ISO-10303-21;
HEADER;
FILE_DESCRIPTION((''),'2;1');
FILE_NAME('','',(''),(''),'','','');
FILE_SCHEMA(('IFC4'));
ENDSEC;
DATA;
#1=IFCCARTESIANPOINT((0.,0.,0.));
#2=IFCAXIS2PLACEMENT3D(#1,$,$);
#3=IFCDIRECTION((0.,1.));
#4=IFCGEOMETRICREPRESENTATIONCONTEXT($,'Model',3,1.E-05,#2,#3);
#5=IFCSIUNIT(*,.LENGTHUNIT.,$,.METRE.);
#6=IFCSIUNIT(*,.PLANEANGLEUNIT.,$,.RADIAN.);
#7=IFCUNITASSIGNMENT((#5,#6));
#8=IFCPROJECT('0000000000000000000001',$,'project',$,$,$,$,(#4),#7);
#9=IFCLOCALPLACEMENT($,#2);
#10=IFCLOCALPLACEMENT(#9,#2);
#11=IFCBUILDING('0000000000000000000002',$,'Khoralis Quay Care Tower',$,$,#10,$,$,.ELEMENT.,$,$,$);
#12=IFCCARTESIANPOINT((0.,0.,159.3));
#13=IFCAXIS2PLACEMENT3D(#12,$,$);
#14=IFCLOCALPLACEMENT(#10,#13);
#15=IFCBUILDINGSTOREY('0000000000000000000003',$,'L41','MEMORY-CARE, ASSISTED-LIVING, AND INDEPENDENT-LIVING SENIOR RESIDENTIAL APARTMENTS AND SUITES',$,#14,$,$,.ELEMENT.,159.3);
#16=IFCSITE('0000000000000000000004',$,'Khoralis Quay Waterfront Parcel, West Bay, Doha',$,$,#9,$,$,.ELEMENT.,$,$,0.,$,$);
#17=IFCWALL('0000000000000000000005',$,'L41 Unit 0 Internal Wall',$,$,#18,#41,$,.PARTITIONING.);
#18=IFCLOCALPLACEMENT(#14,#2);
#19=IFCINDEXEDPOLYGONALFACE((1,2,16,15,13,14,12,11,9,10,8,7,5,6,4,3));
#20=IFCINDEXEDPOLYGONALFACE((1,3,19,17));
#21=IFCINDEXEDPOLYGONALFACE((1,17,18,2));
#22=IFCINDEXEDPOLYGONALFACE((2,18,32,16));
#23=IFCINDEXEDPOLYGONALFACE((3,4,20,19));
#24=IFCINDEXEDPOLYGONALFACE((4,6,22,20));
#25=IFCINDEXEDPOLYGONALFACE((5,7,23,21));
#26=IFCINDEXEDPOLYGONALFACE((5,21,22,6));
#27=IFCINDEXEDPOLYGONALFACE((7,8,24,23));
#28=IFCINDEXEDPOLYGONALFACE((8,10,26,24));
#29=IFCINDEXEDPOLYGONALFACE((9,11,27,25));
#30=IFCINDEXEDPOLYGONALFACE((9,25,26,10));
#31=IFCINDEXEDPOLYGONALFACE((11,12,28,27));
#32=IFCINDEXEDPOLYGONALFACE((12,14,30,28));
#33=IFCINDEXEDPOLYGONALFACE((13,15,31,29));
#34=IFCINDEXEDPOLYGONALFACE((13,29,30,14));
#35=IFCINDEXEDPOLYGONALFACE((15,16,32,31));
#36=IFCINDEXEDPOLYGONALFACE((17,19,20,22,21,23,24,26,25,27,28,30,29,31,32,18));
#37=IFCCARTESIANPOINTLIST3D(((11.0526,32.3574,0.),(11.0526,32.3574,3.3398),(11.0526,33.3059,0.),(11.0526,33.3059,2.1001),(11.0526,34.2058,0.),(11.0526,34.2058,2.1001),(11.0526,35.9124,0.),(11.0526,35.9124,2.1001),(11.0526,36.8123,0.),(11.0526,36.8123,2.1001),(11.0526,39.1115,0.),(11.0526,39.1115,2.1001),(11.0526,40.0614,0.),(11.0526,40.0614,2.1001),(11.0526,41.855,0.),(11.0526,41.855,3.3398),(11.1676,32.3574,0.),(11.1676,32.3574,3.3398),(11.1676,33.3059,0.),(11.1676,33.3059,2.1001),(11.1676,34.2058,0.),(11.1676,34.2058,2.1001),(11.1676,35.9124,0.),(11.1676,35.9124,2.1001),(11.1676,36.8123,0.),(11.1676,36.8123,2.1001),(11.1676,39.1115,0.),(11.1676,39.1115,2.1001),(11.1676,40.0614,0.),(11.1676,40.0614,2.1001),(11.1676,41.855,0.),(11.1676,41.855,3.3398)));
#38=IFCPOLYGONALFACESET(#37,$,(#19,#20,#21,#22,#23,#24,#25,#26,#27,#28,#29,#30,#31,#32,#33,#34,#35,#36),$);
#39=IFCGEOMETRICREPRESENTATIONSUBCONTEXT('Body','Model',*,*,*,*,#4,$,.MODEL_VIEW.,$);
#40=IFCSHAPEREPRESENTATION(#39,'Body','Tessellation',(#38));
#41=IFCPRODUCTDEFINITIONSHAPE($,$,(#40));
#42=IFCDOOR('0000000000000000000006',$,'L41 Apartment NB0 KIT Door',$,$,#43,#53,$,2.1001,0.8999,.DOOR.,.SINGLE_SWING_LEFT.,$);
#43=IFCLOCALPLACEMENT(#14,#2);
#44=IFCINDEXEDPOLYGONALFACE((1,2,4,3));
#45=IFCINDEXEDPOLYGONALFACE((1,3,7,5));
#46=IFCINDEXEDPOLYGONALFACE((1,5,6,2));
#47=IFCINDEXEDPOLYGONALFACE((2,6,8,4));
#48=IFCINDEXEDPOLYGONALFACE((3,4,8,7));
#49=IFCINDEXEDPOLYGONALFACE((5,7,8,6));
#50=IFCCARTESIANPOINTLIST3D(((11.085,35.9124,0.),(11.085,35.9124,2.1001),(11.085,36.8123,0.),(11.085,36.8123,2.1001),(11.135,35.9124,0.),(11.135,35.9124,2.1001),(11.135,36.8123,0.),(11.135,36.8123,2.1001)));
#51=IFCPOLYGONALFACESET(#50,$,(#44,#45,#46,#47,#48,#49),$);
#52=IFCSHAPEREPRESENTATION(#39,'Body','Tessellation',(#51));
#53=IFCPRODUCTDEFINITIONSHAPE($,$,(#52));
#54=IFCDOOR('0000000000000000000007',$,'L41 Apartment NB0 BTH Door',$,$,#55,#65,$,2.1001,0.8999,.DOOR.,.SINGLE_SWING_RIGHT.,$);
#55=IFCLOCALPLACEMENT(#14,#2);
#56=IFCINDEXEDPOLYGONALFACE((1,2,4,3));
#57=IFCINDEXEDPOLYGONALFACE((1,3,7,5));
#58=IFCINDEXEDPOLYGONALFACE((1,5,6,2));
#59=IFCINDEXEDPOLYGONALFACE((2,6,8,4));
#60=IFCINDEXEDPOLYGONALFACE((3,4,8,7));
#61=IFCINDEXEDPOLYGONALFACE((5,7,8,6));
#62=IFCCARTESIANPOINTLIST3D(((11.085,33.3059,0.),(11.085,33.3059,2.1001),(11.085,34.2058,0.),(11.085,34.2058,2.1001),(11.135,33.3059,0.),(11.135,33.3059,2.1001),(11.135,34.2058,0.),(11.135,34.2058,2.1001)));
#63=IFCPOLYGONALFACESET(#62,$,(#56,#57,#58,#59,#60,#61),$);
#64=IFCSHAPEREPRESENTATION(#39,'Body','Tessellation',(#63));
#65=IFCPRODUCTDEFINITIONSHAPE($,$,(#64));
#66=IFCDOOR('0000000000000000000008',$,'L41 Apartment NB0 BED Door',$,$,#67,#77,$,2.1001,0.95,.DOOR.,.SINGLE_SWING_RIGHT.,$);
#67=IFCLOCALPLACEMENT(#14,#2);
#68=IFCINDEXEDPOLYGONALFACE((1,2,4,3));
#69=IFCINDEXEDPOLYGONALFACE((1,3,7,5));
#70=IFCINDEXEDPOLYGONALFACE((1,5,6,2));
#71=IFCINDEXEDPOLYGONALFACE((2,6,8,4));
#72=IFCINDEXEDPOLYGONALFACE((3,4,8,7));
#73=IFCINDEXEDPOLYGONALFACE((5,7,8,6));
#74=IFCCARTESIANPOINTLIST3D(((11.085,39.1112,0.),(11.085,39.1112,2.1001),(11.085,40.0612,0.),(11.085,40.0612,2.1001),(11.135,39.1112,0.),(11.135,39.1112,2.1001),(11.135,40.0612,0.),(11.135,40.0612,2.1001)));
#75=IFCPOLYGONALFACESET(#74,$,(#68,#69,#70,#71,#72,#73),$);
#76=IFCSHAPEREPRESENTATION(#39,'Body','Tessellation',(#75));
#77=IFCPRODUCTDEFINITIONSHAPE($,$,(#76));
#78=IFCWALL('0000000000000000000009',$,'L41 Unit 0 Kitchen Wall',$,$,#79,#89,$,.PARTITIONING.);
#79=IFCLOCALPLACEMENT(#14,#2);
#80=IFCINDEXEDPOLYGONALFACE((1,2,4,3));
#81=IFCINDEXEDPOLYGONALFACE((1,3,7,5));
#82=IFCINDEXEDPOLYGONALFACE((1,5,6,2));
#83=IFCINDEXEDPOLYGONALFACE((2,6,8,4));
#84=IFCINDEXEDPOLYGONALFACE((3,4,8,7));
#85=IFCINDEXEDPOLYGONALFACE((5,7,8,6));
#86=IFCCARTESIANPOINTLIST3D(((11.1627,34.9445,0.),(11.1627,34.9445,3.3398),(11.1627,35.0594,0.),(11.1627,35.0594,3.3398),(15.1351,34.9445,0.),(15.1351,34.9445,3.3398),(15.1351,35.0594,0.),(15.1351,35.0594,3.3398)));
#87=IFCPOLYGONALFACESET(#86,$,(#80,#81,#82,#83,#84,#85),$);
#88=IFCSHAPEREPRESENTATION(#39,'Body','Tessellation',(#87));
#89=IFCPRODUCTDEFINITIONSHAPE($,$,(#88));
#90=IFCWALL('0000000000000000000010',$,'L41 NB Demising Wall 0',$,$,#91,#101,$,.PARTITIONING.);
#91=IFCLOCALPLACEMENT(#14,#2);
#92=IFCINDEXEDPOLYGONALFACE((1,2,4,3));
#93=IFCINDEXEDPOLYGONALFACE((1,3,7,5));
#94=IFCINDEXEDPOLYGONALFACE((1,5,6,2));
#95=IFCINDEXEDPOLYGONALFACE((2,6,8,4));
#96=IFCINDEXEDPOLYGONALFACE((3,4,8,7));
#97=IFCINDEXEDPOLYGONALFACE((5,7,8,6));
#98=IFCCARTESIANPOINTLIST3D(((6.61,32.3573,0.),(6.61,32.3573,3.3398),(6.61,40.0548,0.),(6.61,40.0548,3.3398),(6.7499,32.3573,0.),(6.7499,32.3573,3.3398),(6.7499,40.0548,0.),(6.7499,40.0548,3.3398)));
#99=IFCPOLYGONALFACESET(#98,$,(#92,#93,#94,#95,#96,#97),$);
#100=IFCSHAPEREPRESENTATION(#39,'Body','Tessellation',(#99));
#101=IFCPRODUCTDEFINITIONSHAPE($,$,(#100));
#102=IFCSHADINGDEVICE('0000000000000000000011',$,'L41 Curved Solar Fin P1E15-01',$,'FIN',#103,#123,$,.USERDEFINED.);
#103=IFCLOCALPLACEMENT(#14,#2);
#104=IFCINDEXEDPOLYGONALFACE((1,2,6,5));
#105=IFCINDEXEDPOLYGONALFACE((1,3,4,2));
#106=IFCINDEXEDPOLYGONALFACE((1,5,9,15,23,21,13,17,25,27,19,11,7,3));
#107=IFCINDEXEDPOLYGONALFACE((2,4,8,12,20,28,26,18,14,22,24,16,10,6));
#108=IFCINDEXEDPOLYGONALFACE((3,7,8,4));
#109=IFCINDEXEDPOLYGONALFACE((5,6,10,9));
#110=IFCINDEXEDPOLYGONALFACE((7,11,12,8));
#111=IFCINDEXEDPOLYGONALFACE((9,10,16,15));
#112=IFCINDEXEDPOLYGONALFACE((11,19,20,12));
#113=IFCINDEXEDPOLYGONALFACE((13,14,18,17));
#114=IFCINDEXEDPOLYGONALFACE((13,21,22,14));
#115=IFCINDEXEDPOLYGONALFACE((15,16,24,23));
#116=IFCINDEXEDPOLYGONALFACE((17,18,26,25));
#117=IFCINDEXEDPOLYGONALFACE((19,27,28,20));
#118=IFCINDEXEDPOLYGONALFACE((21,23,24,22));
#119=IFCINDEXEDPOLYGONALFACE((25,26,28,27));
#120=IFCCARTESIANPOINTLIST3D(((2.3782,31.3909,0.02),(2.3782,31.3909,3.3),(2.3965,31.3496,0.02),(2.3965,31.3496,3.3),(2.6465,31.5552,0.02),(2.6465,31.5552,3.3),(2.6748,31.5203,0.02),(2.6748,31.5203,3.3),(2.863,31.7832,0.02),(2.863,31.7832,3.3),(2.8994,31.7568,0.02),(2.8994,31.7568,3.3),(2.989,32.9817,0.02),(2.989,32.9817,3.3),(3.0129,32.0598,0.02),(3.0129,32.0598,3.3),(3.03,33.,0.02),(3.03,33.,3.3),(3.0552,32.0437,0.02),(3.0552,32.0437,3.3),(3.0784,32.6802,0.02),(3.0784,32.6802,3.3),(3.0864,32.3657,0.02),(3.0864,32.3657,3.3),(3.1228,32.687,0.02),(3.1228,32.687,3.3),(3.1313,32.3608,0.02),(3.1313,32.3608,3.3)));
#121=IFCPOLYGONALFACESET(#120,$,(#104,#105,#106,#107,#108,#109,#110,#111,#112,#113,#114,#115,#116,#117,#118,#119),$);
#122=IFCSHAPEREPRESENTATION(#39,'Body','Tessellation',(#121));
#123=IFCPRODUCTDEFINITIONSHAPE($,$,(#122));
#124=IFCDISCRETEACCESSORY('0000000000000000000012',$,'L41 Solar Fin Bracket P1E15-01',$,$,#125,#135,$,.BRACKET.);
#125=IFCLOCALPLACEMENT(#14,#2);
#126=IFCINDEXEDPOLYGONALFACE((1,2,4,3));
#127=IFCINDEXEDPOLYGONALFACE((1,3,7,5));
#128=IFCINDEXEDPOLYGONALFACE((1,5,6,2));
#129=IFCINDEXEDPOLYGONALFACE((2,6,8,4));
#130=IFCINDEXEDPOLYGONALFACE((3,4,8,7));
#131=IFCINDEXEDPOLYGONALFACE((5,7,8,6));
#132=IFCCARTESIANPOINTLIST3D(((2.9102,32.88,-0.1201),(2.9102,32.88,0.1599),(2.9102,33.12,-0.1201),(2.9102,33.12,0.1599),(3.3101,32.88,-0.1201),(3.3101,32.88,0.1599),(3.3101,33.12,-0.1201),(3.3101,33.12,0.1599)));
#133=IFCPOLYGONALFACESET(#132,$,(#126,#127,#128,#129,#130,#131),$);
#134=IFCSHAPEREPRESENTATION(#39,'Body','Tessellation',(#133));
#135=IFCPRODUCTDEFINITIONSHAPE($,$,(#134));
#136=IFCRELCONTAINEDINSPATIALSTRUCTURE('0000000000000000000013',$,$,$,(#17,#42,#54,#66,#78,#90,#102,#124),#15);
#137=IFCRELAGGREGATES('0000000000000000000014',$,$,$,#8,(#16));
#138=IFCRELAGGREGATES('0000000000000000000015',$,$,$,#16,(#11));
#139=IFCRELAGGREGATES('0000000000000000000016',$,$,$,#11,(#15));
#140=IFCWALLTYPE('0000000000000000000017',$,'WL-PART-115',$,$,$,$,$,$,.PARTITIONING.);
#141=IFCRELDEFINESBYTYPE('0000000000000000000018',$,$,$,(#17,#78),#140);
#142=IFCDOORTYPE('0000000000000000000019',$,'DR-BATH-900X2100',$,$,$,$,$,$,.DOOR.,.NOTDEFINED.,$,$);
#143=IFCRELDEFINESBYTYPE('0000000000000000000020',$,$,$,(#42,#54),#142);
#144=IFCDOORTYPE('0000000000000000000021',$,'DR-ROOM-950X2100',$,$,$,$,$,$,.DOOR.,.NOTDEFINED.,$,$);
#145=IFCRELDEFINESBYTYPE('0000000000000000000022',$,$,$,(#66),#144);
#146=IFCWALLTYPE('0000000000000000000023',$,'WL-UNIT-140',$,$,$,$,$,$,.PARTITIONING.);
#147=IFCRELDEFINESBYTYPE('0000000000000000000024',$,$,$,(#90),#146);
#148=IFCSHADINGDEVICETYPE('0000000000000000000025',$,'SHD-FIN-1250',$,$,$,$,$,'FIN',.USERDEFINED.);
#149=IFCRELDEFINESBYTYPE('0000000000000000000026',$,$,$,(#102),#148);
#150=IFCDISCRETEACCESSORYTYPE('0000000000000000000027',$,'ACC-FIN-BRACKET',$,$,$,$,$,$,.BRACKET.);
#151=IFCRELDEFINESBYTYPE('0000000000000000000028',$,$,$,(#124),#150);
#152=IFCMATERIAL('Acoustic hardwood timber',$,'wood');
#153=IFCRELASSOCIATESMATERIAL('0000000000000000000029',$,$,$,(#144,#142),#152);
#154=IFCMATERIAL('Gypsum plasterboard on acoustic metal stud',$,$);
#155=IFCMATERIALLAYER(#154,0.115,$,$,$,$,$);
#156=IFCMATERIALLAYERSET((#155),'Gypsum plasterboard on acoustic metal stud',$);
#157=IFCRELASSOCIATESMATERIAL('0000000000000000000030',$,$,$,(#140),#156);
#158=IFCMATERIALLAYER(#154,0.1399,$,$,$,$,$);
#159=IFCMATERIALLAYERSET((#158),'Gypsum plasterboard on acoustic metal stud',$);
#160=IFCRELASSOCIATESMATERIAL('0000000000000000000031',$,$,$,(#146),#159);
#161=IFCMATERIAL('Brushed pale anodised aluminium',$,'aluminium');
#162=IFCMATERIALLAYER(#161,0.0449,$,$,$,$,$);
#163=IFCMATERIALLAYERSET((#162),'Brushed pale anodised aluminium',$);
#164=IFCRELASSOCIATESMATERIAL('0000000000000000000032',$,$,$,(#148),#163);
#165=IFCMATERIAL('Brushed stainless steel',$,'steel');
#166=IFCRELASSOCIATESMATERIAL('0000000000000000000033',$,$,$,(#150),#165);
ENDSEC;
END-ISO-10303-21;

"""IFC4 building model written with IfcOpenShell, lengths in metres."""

from ifc_helpers import new_model, si_unit, direction, frame, frame_2d, origin, origin_2d, place, context, subcontext, project, spatial, polyline, rectangle, outline, extrude, source, transform, mapped, material, layer, layer_set, type_object, element, fill, save


model = new_model("IFC4")

# Units and contexts
model_context = context("Model", 3, precision=1e-05, world=origin(), true_north=direction((0.0, 1.0)))
body_context = subcontext(model_context, "Body", "Model", "MODEL_VIEW")
ifc_project = project(units=[si_unit("LENGTHUNIT", "METRE"), si_unit("PLANEANGLEUNIT", "RADIAN")], contexts=[model_context])

# Site, building, storey
site_placement = place(None, origin())
site = spatial("IfcSite", under=ifc_project, at=site_placement, Name="Khoralis Quay Waterfront Parcel, West Bay, Doha", CompositionType="ELEMENT", RefElevation=0.0)
building_placement = place(site_placement, origin())
building = spatial("IfcBuilding", under=site, at=building_placement, Name="Khoralis Quay Care Tower", CompositionType="ELEMENT")
storey_placement = place(building_placement, frame((0.0, 0.0, 159.3)))
storey = spatial("IfcBuildingStorey", under=building, at=storey_placement, Name="L41", Description="MEMORY-CARE, ASSISTED-LIVING, AND INDEPENDENT-LIVING SENIOR RESIDENTIAL APARTMENTS AND SUITES", CompositionType="ELEMENT", Elevation=159.3)

# Shared definitions
ifc_material_1 = material(Name="Gypsum plasterboard on acoustic metal stud")

# Wall, openings, doors
ifc_material_2 = material(Name="Acoustic hardwood timber", Category="wood")
door_type_1 = type_object("IfcDoorType", Name="DR-ROOM-950X2100", OperationType="NOTDEFINED", PredefinedType="DOOR", material=ifc_material_2)
shared_shape_1 = source(origin(), body_context, "Body", "SweptSolid", [
    extrude(rectangle(XDim=0.95, YDim=2.1001, at=frame_2d((0.4751, 1.05))), frame((0.0, 0.0249, 0.0), z_axis=(0.0, -1.0, 0.0), x_axis=(1.0, 0.0, 0.0)), (0.0, 0.0, 1.0), 0.05),
])
ifc_layer_1 = layer(ifc_material_1, 0.115)
ifc_layer_set_1 = layer_set([ifc_layer_1], Name="Gypsum plasterboard on acoustic metal stud")
wall_type_1 = type_object("IfcWallType", Name="WL-PART-115", PredefinedType="PARTITIONING", material=ifc_layer_set_1)
wall_1_placement = place(storey_placement, frame((11.1101, 32.3574, 0.0), z_axis=(0.0, 0.0, 1.0), x_axis=(0.0, 1.0, 0.0)))
wall_1 = element("IfcWall", 1, at=wall_1_placement, inside=storey, type_object=wall_type_1, Name="L41 Unit 0 Internal Wall", PredefinedType="PARTITIONING", context=body_context, shape_type="SweptSolid", body=[
    extrude(rectangle(XDim=9.4976, YDim=0.115, at=frame_2d((4.7488, 0.0))), origin(), (0.0, 0.0, 1.0), 3.3398),
])
opening_1_placement = place(wall_1_placement, frame((6.7539, 0.0, 0.0)))
opening_1 = element("IfcOpeningElement", 2, at=opening_1_placement, cuts=wall_1, PredefinedType="OPENING", context=body_context, shape_type="SweptSolid", body=[
    extrude(rectangle(XDim=0.95, YDim=2.1001, at=frame_2d((0.4751, 1.05))), frame((0.0, 0.0674, 0.0), z_axis=(0.0, -1.0, 0.0), x_axis=(1.0, 0.0, 0.0)), (0.0, 0.0, 1.0), 0.135),
])
opening_2_placement = place(wall_1_placement, frame((3.5549, 0.0, 0.0)))
opening_2 = element("IfcOpeningElement", 3, at=opening_2_placement, cuts=wall_1, PredefinedType="OPENING", context=body_context, shape_type="SweptSolid", body=[
    extrude(rectangle(XDim=0.8999, YDim=2.1001, at=frame_2d((0.45, 1.05))), frame((0.0, 0.0674, 0.0), z_axis=(0.0, -1.0, 0.0), x_axis=(1.0, 0.0, 0.0)), (0.0, 0.0, 1.0), 0.135),
])
opening_3_placement = place(wall_1_placement, frame((0.9485, 0.0, 0.0)))
opening_3 = element("IfcOpeningElement", 4, at=opening_3_placement, cuts=wall_1, PredefinedType="OPENING", context=body_context, shape_type="SweptSolid", body=[
    extrude(rectangle(XDim=0.8999, YDim=2.1001, at=frame_2d((0.45, 1.05))), frame((0.0, 0.0674, 0.0), z_axis=(0.0, -1.0, 0.0), x_axis=(1.0, 0.0, 0.0)), (0.0, 0.0, 1.0), 0.135),
])
door_type_2 = type_object("IfcDoorType", Name="DR-BATH-900X2100", OperationType="NOTDEFINED", PredefinedType="DOOR", material=ifc_material_2)
shared_shape_2 = source(origin(), body_context, "Body", "SweptSolid", [
    extrude(rectangle(XDim=0.8999, YDim=2.1001, at=frame_2d((0.45, 1.05))), frame((0.0, 0.0249, 0.0), z_axis=(0.0, -1.0, 0.0), x_axis=(1.0, 0.0, 0.0)), (0.0, 0.0, 1.0), 0.05),
])
door_1_placement = place(opening_2_placement, frame((0.8999, 0.0, 0.0), z_axis=(0.0, 0.0, 1.0), x_axis=(-1.0, 0.0, 0.0)))
door_1 = element("IfcDoor", 5, at=door_1_placement, inside=storey, type_object=door_type_2, Name="L41 Apartment NB0 KIT Door", OperationType="SINGLE_SWING_LEFT", OverallHeight=2.1001, OverallWidth=0.8999, PredefinedType="DOOR", context=body_context, shape_type="MappedRepresentation", body=[
    mapped(shared_shape_2, transform((0.0, 0.0, 0.0), scale=1.0)),
])
fill(opening_2, door_1)
door_2_placement = place(opening_3_placement, frame((0.8999, 0.0, 0.0), z_axis=(0.0, 0.0, 1.0), x_axis=(-1.0, 0.0, 0.0)))
door_2 = element("IfcDoor", 6, at=door_2_placement, inside=storey, type_object=door_type_2, Name="L41 Apartment NB0 BTH Door", OperationType="SINGLE_SWING_RIGHT", OverallHeight=2.1001, OverallWidth=0.8999, PredefinedType="DOOR", context=body_context, shape_type="MappedRepresentation", body=[
    mapped(shared_shape_2, transform((0.0, 0.0, 0.0), scale=1.0)),
])
fill(opening_3, door_2)
door_3_placement = place(opening_1_placement, frame((0.95, 0.0, 0.0), z_axis=(0.0, 0.0, 1.0), x_axis=(-1.0, 0.0, 0.0)))
door_3 = element("IfcDoor", 7, at=door_3_placement, inside=storey, type_object=door_type_1, Name="L41 Apartment NB0 BED Door", OperationType="SINGLE_SWING_RIGHT", OverallHeight=2.1001, OverallWidth=0.95, PredefinedType="DOOR", context=body_context, shape_type="MappedRepresentation", body=[
    mapped(shared_shape_1, transform((0.0, 0.0, 0.0), scale=1.0)),
])
fill(opening_1, door_3)

# Walls
wall_2_placement = place(storey_placement, frame((11.1626, 35.002, 0.0), z_axis=(0.0, 0.0, 1.0), x_axis=(1.0, 0.0, 0.0)))
element("IfcWall", 8, at=wall_2_placement, inside=storey, type_object=wall_type_1, Name="L41 Unit 0 Kitchen Wall", PredefinedType="PARTITIONING", context=body_context, shape_type="SweptSolid", body=[
    extrude(rectangle(XDim=3.9724, YDim=0.115, at=frame_2d((1.9863, 0.0))), origin(), (0.0, 0.0, 1.0), 3.3398),
])
ifc_layer_2 = layer(ifc_material_1, 0.1399)
ifc_layer_set_2 = layer_set([ifc_layer_2], Name="Gypsum plasterboard on acoustic metal stud")
wall_type_2 = type_object("IfcWallType", Name="WL-UNIT-140", PredefinedType="PARTITIONING", material=ifc_layer_set_2)
wall_3_placement = place(storey_placement, frame((6.6799, 32.3574, 0.0), z_axis=(0.0, 0.0, 1.0), x_axis=(0.0, 1.0, 0.0)))
element("IfcWall", 9, at=wall_3_placement, inside=storey, type_object=wall_type_2, Name="L41 NB Demising Wall 0", PredefinedType="PARTITIONING", context=body_context, shape_type="SweptSolid", body=[
    extrude(rectangle(XDim=7.6975, YDim=0.1399, at=frame_2d((3.8486, 0.0))), origin(), (0.0, 0.0, 1.0), 3.3398),
])

# Shading device
ifc_material_3 = material(Name="Brushed pale anodised aluminium", Category="aluminium")
ifc_layer_3 = layer(ifc_material_3, 0.0449)
ifc_layer_set_3 = layer_set([ifc_layer_3], Name="Brushed pale anodised aluminium")
shading_device_type = type_object("IfcShadingDeviceType", Name="SHD-FIN-1250", ElementType="FIN", PredefinedType="USERDEFINED", material=ifc_layer_set_3)
shared_shape_3 = source(origin(), body_context, "Body", "SweptSolid", [
    extrude(outline(polyline([(0.0, 0.0), (-0.0928, 0.313), (-0.1013, 0.6392), (-0.0251, 0.9563), (0.1306, 1.2432), (0.3552, 1.4797), (0.6335, 1.6504), (0.6519, 1.6091), (0.3835, 1.4448), (0.167, 1.2168), (0.0171, 0.9402), (-0.0564, 0.6343), (-0.0483, 0.3198), (0.041, 0.0183), (0.0, 0.0)])), origin(), (0.0, 0.0, 1.0), 3.28),
])
shading_device_placement = place(storey_placement, frame((3.03, 33.0, 0.02), z_axis=(0.0, 0.0, 1.0), x_axis=(-1.0, 0.0, 0.0)))
element("IfcShadingDevice", 10, at=shading_device_placement, inside=storey, type_object=shading_device_type, Name="L41 Curved Solar Fin P1E15-01", ObjectType="FIN", PredefinedType="USERDEFINED", context=body_context, shape_type="MappedRepresentation", body=[
    mapped(shared_shape_3, transform((0.0, 0.0, 0.0), scale=1.0)),
])

# Discrete accessory
ifc_material_4 = material(Name="Brushed stainless steel", Category="steel")
discrete_accessory_type = type_object("IfcDiscreteAccessoryType", Name="ACC-FIN-BRACKET", PredefinedType="BRACKET", material=ifc_material_4)
shared_shape_4 = source(origin(), body_context, "Body", "SweptSolid", [
    extrude(rectangle(XDim=0.3999, YDim=0.24, at=origin_2d()), origin(), (0.0, 0.0, 1.0), 0.28),
])
discrete_accessory_placement = place(storey_placement, frame((3.1101, 33.0, -0.1201), z_axis=(0.0, 0.0, 1.0), x_axis=(-1.0, 0.0, 0.0)))
element("IfcDiscreteAccessory", 11, at=discrete_accessory_placement, inside=storey, type_object=discrete_accessory_type, Name="L41 Solar Fin Bracket P1E15-01", PredefinedType="BRACKET", context=body_context, shape_type="MappedRepresentation", body=[
    mapped(shared_shape_4, transform((0.0, 0.0, 0.0), scale=1.0)),
])

save(model, "model.ifc")
